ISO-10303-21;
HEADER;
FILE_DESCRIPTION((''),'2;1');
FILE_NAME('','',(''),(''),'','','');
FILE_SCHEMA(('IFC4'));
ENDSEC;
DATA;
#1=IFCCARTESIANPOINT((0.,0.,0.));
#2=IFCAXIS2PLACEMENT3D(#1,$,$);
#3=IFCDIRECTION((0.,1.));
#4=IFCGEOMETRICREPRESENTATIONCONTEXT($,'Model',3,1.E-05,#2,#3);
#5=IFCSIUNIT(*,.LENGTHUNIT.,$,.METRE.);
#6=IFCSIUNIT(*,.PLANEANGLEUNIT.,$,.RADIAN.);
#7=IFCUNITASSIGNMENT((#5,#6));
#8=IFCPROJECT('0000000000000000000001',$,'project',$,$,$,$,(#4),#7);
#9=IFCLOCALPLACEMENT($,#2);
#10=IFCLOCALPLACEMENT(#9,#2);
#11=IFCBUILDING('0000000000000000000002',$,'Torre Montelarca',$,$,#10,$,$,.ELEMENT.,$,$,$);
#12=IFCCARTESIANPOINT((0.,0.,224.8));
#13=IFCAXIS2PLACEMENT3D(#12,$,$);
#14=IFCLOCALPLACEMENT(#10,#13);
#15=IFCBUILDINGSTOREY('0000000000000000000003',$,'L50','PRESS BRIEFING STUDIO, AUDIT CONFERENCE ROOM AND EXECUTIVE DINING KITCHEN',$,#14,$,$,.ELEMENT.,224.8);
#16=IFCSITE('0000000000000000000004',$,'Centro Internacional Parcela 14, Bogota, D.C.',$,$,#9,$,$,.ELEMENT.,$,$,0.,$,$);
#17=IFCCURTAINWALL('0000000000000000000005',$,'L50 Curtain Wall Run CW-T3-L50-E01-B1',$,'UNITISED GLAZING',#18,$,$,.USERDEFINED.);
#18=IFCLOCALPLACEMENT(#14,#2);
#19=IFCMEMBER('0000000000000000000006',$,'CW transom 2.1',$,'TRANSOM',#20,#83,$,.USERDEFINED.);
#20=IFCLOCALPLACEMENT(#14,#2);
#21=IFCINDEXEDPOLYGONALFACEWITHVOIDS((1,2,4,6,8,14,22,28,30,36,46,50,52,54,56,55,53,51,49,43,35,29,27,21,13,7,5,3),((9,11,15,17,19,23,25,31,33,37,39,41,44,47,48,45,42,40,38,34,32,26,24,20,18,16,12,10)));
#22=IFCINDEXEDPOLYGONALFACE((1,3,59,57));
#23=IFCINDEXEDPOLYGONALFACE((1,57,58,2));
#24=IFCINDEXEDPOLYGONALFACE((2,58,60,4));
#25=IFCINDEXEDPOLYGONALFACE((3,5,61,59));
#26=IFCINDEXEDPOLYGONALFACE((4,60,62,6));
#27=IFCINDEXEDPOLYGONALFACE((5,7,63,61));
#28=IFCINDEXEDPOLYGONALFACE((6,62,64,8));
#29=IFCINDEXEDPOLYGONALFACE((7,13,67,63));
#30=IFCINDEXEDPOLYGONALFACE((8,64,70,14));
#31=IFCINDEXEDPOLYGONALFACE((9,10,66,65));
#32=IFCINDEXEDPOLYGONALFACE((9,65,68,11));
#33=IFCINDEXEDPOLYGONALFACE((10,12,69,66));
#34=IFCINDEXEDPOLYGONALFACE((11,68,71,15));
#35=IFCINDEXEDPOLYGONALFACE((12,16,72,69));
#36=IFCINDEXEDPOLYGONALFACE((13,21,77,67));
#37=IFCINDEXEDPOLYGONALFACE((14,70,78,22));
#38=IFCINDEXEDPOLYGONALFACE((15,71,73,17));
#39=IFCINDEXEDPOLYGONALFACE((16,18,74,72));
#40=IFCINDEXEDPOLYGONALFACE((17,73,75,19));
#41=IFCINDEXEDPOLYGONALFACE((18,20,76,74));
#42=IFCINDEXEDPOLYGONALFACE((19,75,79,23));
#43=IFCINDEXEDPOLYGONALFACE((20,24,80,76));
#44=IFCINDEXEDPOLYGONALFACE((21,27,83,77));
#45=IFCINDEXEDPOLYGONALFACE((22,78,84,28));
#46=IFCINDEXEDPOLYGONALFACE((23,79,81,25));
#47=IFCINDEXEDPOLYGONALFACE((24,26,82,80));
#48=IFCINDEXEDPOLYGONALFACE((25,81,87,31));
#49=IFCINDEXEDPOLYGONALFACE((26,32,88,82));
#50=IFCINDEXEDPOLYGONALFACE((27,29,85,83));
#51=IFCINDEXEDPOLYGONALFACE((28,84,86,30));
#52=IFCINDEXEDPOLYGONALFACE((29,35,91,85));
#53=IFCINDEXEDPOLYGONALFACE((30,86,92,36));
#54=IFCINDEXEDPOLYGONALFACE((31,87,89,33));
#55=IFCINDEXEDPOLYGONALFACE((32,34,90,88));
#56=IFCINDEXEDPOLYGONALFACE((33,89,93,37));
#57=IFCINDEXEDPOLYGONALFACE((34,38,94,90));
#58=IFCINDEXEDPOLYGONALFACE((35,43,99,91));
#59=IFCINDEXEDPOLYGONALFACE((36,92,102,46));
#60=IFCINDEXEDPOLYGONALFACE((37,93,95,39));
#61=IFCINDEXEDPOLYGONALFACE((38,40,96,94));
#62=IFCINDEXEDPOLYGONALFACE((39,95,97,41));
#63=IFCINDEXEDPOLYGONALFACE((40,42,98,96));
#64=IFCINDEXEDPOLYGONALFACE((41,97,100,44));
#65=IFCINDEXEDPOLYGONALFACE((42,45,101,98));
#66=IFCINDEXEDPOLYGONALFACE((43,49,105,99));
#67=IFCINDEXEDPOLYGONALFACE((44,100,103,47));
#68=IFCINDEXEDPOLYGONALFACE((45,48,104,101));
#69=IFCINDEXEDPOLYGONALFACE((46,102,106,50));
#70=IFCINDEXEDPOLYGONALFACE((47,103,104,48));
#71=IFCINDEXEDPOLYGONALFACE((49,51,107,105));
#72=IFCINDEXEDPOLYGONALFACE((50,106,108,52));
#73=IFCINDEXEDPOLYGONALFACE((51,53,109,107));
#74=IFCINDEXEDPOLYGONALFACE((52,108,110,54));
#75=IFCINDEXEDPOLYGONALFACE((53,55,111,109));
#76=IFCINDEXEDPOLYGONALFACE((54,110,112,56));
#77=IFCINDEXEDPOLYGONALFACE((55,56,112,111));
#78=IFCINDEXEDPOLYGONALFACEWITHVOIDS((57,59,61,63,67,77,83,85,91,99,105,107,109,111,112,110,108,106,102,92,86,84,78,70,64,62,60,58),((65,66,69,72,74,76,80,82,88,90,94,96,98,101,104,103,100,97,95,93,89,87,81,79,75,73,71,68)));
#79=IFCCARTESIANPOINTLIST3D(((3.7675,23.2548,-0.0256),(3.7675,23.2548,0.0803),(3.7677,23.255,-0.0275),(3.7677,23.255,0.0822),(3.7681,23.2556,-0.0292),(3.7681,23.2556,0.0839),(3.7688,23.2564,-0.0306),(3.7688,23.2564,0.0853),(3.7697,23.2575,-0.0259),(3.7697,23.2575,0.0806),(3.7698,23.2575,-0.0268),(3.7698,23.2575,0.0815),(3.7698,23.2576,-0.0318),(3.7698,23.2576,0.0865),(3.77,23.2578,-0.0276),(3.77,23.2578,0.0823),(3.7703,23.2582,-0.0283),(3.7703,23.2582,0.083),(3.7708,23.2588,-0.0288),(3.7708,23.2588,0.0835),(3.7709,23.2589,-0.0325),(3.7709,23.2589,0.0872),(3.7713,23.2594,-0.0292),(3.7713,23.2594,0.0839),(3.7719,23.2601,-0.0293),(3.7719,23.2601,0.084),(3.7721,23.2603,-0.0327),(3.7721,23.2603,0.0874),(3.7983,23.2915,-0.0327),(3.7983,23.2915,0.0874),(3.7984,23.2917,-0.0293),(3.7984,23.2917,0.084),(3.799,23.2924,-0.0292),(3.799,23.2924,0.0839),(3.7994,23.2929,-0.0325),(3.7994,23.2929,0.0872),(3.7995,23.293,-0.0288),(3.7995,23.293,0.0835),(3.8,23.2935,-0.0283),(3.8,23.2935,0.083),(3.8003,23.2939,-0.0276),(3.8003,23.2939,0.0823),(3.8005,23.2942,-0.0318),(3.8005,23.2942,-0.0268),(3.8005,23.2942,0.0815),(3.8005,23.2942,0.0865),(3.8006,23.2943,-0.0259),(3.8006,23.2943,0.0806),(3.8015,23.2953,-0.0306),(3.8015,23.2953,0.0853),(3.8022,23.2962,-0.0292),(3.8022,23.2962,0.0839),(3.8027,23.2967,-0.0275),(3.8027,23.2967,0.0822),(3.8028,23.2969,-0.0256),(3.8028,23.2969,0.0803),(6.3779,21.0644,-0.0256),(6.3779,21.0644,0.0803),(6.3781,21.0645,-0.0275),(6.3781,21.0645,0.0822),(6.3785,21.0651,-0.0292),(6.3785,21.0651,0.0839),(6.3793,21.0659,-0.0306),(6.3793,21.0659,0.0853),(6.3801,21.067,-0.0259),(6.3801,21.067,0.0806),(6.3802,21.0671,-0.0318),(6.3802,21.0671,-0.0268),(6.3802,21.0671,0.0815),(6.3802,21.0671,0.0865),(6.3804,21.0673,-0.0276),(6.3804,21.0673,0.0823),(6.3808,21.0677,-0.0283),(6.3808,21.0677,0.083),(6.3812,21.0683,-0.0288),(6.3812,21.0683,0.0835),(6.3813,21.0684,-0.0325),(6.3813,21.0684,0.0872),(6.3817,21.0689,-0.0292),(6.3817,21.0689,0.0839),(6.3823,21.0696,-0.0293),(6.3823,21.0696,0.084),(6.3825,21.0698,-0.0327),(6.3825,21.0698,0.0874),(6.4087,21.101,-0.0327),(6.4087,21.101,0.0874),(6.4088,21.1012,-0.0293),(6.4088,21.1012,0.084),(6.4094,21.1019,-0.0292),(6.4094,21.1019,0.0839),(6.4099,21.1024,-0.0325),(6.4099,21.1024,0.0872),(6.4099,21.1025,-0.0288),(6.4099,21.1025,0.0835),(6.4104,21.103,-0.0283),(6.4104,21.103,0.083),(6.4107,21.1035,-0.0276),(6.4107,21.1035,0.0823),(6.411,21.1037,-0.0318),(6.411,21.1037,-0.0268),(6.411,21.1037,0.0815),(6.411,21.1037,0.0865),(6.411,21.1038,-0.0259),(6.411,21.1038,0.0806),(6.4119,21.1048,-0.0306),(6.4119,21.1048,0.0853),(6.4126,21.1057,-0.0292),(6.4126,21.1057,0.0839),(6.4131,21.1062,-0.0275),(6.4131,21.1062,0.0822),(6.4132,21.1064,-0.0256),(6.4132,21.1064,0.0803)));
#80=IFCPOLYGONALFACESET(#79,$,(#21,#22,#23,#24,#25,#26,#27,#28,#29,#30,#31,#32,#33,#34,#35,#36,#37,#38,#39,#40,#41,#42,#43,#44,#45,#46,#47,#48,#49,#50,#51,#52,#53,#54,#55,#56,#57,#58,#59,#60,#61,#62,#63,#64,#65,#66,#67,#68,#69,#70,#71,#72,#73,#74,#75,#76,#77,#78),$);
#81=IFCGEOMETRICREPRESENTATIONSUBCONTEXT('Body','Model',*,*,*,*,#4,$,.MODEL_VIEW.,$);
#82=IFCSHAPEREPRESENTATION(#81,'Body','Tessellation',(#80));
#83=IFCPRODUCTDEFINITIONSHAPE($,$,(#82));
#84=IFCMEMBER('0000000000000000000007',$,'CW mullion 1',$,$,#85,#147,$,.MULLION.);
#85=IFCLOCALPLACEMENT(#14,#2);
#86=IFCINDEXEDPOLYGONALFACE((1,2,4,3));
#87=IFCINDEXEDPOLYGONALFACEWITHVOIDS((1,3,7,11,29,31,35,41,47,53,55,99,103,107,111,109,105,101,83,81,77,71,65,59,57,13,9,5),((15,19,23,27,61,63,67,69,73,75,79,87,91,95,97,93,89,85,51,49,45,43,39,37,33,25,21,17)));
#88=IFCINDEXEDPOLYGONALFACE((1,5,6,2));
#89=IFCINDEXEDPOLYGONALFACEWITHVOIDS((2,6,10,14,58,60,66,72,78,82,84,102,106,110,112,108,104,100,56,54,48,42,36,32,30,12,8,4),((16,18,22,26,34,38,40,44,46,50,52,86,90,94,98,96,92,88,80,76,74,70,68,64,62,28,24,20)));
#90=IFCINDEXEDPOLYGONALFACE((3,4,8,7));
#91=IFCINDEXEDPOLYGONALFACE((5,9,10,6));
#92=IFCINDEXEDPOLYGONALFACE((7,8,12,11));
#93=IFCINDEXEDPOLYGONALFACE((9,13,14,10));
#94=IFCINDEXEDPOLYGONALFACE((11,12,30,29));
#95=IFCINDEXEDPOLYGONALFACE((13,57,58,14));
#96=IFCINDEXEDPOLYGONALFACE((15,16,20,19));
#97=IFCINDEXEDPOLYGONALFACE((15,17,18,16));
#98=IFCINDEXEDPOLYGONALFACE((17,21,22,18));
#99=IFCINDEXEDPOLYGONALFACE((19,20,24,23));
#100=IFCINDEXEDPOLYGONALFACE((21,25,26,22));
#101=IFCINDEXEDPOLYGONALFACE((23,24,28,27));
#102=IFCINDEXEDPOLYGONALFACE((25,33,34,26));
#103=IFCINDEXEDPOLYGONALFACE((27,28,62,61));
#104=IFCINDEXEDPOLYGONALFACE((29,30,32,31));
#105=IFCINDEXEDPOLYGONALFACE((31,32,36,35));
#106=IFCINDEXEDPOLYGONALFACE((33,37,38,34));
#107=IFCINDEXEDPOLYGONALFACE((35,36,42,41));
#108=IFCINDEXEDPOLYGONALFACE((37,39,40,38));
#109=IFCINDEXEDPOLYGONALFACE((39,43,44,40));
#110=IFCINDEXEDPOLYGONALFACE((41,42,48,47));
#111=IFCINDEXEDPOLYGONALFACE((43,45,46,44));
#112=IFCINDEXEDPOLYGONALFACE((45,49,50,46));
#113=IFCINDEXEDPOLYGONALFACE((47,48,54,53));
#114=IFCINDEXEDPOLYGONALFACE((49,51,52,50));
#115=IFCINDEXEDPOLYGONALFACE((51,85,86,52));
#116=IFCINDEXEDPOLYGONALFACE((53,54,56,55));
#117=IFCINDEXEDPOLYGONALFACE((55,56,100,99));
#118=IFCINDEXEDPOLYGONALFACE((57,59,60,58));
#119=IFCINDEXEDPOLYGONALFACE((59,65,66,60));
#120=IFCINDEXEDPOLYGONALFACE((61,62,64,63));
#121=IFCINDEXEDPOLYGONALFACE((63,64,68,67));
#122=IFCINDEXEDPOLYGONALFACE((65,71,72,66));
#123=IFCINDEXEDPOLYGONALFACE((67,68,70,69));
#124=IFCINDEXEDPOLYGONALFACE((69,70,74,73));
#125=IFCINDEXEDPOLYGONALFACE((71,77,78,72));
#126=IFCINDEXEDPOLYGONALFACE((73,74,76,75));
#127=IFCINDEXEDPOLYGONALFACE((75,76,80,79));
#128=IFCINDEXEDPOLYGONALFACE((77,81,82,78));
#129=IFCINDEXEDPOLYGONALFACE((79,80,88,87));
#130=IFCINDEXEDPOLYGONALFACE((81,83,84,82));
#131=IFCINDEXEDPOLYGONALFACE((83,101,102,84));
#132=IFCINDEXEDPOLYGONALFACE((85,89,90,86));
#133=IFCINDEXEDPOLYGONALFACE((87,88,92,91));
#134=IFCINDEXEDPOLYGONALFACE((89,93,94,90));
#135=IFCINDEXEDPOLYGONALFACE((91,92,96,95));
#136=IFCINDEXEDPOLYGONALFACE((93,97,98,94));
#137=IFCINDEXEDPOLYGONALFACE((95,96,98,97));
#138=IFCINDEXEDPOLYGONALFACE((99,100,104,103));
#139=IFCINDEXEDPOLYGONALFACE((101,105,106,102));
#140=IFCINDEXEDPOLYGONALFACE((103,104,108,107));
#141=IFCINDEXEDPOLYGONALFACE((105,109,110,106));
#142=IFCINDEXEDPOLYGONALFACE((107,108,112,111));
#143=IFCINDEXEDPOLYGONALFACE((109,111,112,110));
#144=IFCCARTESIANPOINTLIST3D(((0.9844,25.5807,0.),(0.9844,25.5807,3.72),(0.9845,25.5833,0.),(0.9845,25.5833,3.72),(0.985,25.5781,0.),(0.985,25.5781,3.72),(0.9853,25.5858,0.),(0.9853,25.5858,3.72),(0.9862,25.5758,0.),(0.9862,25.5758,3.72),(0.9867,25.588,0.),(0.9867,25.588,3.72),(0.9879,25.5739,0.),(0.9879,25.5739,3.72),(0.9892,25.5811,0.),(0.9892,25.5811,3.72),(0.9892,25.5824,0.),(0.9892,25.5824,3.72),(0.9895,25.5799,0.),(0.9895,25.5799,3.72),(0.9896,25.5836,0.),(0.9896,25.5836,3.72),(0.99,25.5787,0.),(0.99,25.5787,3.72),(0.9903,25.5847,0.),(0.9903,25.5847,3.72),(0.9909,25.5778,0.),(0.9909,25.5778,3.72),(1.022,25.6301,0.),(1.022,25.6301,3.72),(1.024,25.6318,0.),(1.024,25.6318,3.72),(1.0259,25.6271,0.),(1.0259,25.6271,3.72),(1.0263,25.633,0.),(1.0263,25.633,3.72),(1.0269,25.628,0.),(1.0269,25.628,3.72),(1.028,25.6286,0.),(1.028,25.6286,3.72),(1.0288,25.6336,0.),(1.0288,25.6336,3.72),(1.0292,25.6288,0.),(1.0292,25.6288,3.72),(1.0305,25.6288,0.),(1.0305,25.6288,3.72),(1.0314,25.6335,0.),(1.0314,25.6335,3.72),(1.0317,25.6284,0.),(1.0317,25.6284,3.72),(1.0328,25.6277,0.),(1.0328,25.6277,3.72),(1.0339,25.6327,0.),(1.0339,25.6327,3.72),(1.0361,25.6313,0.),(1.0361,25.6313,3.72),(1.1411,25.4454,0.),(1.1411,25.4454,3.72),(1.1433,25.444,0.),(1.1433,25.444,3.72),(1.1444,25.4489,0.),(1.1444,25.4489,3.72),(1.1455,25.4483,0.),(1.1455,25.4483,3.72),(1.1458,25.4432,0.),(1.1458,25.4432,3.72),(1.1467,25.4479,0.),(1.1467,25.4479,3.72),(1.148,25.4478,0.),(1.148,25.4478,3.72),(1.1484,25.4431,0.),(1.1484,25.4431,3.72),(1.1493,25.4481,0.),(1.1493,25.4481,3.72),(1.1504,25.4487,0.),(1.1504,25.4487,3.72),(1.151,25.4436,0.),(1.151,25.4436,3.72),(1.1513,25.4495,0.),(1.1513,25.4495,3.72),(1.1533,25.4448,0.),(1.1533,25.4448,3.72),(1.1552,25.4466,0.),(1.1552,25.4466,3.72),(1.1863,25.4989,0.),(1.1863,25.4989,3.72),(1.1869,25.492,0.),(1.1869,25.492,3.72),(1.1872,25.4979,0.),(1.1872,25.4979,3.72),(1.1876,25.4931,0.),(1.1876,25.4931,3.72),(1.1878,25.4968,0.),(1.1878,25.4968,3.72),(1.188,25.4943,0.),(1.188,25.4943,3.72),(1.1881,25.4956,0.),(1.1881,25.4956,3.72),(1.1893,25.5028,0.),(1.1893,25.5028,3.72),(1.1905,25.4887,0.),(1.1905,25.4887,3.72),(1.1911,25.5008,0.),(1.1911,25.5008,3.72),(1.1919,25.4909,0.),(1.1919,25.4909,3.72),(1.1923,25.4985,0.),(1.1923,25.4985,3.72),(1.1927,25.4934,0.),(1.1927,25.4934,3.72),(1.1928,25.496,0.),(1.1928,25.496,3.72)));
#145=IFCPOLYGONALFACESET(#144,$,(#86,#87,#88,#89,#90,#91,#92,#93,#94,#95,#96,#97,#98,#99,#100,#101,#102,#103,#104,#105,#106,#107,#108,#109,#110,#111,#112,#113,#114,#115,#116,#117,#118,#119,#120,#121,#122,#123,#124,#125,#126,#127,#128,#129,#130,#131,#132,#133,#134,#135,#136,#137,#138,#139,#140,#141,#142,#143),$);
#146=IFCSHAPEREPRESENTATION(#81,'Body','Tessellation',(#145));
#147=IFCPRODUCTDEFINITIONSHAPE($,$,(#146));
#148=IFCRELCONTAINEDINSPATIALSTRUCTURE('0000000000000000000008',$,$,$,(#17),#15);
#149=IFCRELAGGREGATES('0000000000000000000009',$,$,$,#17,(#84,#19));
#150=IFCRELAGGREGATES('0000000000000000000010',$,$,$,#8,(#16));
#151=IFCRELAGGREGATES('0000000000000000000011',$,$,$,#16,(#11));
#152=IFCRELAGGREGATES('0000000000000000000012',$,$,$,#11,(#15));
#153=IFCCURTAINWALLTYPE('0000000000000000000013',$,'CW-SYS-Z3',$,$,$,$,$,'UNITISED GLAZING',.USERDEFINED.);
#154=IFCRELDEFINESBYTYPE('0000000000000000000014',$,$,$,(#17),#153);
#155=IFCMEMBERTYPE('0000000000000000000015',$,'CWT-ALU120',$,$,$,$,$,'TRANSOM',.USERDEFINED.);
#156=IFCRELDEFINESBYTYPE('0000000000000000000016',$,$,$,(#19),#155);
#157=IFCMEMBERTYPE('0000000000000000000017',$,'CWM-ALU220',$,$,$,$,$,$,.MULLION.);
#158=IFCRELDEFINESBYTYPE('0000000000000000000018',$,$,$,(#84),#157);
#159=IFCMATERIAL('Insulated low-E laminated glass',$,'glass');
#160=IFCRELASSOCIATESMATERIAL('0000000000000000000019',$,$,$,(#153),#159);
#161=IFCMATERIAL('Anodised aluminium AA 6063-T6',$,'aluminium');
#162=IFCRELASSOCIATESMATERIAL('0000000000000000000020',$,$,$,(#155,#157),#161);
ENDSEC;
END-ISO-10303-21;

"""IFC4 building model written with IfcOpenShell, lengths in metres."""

from ifc_helpers import new_model, si_unit, direction, frame, origin, origin_2d, place, context, subcontext, project, spatial, hollow_rectangle, extrude, source, transform, mapped, material, material_profile, profile_set, type_object, element, aggregate, save


model = new_model("IFC4")

# Units and contexts
model_context = context("Model", 3, precision=1e-05, world=origin(), true_north=direction((0.0, 1.0)))
body_context = subcontext(model_context, "Body", "Model", "MODEL_VIEW")
ifc_project = project(units=[si_unit("LENGTHUNIT", "METRE"), si_unit("PLANEANGLEUNIT", "RADIAN")], contexts=[model_context])

# Site, building, storey
site_placement = place(None, origin())
site = spatial("IfcSite", under=ifc_project, at=site_placement, Name="Centro Internacional Parcela 14, Bogota, D.C.", CompositionType="ELEMENT", RefElevation=0.0)
building_placement = place(site_placement, origin())
building = spatial("IfcBuilding", under=site, at=building_placement, Name="Torre Montelarca", CompositionType="ELEMENT")
storey_placement = place(building_placement, frame((0.0, 0.0, 224.8)))
storey = spatial("IfcBuildingStorey", under=building, at=storey_placement, Name="L50", Description="PRESS BRIEFING STUDIO, AUDIT CONFERENCE ROOM AND EXECUTIVE DINING KITCHEN", CompositionType="ELEMENT", Elevation=224.8)

# Curtain wall, members
ifc_material_1 = material(Name="Insulated low-E laminated glass", Category="glass")
curtain_wall_type = type_object("IfcCurtainWallType", Name="CW-SYS-Z3", ElementType="UNITISED GLAZING", PredefinedType="USERDEFINED", material=ifc_material_1)
curtain_wall_1_placement = place(storey_placement, origin())
curtain_wall_1 = element("IfcCurtainWall", 1, at=curtain_wall_1_placement, inside=storey, type_object=curtain_wall_type, Name="L50 Curtain Wall Run CW-T3-L50-E01-B1", ObjectType="UNITISED GLAZING", PredefinedType="USERDEFINED")
ifc_material_2 = material(Name="Anodised aluminium AA 6063-T6", Category="aluminium")
ifc_material_profile_1 = material_profile(ifc_material_2, hollow_rectangle(XDim=0.0549, YDim=0.1201, WallThickness=0.0034, InnerFilletRadius=0.0034, OuterFilletRadius=0.0071, at=origin_2d()), Name="ALU55X120X3.5", Category="aluminium")
ifc_profile_set_1 = profile_set([ifc_material_profile_1], Name="Anodised aluminium AA 6063-T6")
member_type_1 = type_object("IfcMemberType", Name="CWT-ALU120", ElementType="TRANSOM", PredefinedType="USERDEFINED", material=ifc_profile_set_1)
shared_shape_1 = source(origin(), body_context, "Body", "SweptSolid", [
    extrude(hollow_rectangle(XDim=0.0549, YDim=0.1201, WallThickness=0.0034, InnerFilletRadius=0.0034, OuterFilletRadius=0.0071, at=origin_2d()), origin(), (0.0, 0.0, 1.0), 3.4077),
])
member_1_placement = place(storey_placement, frame((3.7852, 23.2759, 0.0273), z_axis=(0.766032, -0.642802, 0.0), x_axis=(0.642802, 0.766032, 0.0)))
member_1 = element("IfcMember", 2, at=member_1_placement, type_object=member_type_1, Name="CW transom 2.1", ObjectType="TRANSOM", PredefinedType="USERDEFINED", context=body_context, shape_type="MappedRepresentation", body=[
    mapped(shared_shape_1, transform((0.0, 0.0, 0.0), scale=1.0)),
])
ifc_material_profile_2 = material_profile(ifc_material_2, hollow_rectangle(XDim=0.075, YDim=0.22, WallThickness=0.0049, InnerFilletRadius=0.0049, OuterFilletRadius=0.01, at=origin_2d()), Name="ALU75X220X5", Category="aluminium")
ifc_profile_set_2 = profile_set([ifc_material_profile_2], Name="Anodised aluminium AA 6063-T6")
member_type_2 = type_object("IfcMemberType", Name="CWM-ALU220", PredefinedType="MULLION", material=ifc_profile_set_2)
shared_shape_2 = source(origin(), body_context, "Body", "SweptSolid", [
    extrude(hollow_rectangle(XDim=0.075, YDim=0.22, WallThickness=0.0049, InnerFilletRadius=0.0049, OuterFilletRadius=0.01, at=origin_2d()), origin(), (0.0, 0.0, 1.0), 3.72),
])
member_2_placement = place(storey_placement, frame((1.0886, 25.5383, 0.0), z_axis=(0.0, 0.0, 1.0), x_axis=(0.642789, 0.766043, 0.0)))
member_2 = element("IfcMember", 3, at=member_2_placement, type_object=member_type_2, Name="CW mullion 1", PredefinedType="MULLION", context=body_context, shape_type="MappedRepresentation", body=[
    mapped(shared_shape_2, transform((0.0, 0.0, 0.0), scale=1.0)),
])

aggregate(curtain_wall_1, [member_2, member_1])

save(model, "model.ifc")
